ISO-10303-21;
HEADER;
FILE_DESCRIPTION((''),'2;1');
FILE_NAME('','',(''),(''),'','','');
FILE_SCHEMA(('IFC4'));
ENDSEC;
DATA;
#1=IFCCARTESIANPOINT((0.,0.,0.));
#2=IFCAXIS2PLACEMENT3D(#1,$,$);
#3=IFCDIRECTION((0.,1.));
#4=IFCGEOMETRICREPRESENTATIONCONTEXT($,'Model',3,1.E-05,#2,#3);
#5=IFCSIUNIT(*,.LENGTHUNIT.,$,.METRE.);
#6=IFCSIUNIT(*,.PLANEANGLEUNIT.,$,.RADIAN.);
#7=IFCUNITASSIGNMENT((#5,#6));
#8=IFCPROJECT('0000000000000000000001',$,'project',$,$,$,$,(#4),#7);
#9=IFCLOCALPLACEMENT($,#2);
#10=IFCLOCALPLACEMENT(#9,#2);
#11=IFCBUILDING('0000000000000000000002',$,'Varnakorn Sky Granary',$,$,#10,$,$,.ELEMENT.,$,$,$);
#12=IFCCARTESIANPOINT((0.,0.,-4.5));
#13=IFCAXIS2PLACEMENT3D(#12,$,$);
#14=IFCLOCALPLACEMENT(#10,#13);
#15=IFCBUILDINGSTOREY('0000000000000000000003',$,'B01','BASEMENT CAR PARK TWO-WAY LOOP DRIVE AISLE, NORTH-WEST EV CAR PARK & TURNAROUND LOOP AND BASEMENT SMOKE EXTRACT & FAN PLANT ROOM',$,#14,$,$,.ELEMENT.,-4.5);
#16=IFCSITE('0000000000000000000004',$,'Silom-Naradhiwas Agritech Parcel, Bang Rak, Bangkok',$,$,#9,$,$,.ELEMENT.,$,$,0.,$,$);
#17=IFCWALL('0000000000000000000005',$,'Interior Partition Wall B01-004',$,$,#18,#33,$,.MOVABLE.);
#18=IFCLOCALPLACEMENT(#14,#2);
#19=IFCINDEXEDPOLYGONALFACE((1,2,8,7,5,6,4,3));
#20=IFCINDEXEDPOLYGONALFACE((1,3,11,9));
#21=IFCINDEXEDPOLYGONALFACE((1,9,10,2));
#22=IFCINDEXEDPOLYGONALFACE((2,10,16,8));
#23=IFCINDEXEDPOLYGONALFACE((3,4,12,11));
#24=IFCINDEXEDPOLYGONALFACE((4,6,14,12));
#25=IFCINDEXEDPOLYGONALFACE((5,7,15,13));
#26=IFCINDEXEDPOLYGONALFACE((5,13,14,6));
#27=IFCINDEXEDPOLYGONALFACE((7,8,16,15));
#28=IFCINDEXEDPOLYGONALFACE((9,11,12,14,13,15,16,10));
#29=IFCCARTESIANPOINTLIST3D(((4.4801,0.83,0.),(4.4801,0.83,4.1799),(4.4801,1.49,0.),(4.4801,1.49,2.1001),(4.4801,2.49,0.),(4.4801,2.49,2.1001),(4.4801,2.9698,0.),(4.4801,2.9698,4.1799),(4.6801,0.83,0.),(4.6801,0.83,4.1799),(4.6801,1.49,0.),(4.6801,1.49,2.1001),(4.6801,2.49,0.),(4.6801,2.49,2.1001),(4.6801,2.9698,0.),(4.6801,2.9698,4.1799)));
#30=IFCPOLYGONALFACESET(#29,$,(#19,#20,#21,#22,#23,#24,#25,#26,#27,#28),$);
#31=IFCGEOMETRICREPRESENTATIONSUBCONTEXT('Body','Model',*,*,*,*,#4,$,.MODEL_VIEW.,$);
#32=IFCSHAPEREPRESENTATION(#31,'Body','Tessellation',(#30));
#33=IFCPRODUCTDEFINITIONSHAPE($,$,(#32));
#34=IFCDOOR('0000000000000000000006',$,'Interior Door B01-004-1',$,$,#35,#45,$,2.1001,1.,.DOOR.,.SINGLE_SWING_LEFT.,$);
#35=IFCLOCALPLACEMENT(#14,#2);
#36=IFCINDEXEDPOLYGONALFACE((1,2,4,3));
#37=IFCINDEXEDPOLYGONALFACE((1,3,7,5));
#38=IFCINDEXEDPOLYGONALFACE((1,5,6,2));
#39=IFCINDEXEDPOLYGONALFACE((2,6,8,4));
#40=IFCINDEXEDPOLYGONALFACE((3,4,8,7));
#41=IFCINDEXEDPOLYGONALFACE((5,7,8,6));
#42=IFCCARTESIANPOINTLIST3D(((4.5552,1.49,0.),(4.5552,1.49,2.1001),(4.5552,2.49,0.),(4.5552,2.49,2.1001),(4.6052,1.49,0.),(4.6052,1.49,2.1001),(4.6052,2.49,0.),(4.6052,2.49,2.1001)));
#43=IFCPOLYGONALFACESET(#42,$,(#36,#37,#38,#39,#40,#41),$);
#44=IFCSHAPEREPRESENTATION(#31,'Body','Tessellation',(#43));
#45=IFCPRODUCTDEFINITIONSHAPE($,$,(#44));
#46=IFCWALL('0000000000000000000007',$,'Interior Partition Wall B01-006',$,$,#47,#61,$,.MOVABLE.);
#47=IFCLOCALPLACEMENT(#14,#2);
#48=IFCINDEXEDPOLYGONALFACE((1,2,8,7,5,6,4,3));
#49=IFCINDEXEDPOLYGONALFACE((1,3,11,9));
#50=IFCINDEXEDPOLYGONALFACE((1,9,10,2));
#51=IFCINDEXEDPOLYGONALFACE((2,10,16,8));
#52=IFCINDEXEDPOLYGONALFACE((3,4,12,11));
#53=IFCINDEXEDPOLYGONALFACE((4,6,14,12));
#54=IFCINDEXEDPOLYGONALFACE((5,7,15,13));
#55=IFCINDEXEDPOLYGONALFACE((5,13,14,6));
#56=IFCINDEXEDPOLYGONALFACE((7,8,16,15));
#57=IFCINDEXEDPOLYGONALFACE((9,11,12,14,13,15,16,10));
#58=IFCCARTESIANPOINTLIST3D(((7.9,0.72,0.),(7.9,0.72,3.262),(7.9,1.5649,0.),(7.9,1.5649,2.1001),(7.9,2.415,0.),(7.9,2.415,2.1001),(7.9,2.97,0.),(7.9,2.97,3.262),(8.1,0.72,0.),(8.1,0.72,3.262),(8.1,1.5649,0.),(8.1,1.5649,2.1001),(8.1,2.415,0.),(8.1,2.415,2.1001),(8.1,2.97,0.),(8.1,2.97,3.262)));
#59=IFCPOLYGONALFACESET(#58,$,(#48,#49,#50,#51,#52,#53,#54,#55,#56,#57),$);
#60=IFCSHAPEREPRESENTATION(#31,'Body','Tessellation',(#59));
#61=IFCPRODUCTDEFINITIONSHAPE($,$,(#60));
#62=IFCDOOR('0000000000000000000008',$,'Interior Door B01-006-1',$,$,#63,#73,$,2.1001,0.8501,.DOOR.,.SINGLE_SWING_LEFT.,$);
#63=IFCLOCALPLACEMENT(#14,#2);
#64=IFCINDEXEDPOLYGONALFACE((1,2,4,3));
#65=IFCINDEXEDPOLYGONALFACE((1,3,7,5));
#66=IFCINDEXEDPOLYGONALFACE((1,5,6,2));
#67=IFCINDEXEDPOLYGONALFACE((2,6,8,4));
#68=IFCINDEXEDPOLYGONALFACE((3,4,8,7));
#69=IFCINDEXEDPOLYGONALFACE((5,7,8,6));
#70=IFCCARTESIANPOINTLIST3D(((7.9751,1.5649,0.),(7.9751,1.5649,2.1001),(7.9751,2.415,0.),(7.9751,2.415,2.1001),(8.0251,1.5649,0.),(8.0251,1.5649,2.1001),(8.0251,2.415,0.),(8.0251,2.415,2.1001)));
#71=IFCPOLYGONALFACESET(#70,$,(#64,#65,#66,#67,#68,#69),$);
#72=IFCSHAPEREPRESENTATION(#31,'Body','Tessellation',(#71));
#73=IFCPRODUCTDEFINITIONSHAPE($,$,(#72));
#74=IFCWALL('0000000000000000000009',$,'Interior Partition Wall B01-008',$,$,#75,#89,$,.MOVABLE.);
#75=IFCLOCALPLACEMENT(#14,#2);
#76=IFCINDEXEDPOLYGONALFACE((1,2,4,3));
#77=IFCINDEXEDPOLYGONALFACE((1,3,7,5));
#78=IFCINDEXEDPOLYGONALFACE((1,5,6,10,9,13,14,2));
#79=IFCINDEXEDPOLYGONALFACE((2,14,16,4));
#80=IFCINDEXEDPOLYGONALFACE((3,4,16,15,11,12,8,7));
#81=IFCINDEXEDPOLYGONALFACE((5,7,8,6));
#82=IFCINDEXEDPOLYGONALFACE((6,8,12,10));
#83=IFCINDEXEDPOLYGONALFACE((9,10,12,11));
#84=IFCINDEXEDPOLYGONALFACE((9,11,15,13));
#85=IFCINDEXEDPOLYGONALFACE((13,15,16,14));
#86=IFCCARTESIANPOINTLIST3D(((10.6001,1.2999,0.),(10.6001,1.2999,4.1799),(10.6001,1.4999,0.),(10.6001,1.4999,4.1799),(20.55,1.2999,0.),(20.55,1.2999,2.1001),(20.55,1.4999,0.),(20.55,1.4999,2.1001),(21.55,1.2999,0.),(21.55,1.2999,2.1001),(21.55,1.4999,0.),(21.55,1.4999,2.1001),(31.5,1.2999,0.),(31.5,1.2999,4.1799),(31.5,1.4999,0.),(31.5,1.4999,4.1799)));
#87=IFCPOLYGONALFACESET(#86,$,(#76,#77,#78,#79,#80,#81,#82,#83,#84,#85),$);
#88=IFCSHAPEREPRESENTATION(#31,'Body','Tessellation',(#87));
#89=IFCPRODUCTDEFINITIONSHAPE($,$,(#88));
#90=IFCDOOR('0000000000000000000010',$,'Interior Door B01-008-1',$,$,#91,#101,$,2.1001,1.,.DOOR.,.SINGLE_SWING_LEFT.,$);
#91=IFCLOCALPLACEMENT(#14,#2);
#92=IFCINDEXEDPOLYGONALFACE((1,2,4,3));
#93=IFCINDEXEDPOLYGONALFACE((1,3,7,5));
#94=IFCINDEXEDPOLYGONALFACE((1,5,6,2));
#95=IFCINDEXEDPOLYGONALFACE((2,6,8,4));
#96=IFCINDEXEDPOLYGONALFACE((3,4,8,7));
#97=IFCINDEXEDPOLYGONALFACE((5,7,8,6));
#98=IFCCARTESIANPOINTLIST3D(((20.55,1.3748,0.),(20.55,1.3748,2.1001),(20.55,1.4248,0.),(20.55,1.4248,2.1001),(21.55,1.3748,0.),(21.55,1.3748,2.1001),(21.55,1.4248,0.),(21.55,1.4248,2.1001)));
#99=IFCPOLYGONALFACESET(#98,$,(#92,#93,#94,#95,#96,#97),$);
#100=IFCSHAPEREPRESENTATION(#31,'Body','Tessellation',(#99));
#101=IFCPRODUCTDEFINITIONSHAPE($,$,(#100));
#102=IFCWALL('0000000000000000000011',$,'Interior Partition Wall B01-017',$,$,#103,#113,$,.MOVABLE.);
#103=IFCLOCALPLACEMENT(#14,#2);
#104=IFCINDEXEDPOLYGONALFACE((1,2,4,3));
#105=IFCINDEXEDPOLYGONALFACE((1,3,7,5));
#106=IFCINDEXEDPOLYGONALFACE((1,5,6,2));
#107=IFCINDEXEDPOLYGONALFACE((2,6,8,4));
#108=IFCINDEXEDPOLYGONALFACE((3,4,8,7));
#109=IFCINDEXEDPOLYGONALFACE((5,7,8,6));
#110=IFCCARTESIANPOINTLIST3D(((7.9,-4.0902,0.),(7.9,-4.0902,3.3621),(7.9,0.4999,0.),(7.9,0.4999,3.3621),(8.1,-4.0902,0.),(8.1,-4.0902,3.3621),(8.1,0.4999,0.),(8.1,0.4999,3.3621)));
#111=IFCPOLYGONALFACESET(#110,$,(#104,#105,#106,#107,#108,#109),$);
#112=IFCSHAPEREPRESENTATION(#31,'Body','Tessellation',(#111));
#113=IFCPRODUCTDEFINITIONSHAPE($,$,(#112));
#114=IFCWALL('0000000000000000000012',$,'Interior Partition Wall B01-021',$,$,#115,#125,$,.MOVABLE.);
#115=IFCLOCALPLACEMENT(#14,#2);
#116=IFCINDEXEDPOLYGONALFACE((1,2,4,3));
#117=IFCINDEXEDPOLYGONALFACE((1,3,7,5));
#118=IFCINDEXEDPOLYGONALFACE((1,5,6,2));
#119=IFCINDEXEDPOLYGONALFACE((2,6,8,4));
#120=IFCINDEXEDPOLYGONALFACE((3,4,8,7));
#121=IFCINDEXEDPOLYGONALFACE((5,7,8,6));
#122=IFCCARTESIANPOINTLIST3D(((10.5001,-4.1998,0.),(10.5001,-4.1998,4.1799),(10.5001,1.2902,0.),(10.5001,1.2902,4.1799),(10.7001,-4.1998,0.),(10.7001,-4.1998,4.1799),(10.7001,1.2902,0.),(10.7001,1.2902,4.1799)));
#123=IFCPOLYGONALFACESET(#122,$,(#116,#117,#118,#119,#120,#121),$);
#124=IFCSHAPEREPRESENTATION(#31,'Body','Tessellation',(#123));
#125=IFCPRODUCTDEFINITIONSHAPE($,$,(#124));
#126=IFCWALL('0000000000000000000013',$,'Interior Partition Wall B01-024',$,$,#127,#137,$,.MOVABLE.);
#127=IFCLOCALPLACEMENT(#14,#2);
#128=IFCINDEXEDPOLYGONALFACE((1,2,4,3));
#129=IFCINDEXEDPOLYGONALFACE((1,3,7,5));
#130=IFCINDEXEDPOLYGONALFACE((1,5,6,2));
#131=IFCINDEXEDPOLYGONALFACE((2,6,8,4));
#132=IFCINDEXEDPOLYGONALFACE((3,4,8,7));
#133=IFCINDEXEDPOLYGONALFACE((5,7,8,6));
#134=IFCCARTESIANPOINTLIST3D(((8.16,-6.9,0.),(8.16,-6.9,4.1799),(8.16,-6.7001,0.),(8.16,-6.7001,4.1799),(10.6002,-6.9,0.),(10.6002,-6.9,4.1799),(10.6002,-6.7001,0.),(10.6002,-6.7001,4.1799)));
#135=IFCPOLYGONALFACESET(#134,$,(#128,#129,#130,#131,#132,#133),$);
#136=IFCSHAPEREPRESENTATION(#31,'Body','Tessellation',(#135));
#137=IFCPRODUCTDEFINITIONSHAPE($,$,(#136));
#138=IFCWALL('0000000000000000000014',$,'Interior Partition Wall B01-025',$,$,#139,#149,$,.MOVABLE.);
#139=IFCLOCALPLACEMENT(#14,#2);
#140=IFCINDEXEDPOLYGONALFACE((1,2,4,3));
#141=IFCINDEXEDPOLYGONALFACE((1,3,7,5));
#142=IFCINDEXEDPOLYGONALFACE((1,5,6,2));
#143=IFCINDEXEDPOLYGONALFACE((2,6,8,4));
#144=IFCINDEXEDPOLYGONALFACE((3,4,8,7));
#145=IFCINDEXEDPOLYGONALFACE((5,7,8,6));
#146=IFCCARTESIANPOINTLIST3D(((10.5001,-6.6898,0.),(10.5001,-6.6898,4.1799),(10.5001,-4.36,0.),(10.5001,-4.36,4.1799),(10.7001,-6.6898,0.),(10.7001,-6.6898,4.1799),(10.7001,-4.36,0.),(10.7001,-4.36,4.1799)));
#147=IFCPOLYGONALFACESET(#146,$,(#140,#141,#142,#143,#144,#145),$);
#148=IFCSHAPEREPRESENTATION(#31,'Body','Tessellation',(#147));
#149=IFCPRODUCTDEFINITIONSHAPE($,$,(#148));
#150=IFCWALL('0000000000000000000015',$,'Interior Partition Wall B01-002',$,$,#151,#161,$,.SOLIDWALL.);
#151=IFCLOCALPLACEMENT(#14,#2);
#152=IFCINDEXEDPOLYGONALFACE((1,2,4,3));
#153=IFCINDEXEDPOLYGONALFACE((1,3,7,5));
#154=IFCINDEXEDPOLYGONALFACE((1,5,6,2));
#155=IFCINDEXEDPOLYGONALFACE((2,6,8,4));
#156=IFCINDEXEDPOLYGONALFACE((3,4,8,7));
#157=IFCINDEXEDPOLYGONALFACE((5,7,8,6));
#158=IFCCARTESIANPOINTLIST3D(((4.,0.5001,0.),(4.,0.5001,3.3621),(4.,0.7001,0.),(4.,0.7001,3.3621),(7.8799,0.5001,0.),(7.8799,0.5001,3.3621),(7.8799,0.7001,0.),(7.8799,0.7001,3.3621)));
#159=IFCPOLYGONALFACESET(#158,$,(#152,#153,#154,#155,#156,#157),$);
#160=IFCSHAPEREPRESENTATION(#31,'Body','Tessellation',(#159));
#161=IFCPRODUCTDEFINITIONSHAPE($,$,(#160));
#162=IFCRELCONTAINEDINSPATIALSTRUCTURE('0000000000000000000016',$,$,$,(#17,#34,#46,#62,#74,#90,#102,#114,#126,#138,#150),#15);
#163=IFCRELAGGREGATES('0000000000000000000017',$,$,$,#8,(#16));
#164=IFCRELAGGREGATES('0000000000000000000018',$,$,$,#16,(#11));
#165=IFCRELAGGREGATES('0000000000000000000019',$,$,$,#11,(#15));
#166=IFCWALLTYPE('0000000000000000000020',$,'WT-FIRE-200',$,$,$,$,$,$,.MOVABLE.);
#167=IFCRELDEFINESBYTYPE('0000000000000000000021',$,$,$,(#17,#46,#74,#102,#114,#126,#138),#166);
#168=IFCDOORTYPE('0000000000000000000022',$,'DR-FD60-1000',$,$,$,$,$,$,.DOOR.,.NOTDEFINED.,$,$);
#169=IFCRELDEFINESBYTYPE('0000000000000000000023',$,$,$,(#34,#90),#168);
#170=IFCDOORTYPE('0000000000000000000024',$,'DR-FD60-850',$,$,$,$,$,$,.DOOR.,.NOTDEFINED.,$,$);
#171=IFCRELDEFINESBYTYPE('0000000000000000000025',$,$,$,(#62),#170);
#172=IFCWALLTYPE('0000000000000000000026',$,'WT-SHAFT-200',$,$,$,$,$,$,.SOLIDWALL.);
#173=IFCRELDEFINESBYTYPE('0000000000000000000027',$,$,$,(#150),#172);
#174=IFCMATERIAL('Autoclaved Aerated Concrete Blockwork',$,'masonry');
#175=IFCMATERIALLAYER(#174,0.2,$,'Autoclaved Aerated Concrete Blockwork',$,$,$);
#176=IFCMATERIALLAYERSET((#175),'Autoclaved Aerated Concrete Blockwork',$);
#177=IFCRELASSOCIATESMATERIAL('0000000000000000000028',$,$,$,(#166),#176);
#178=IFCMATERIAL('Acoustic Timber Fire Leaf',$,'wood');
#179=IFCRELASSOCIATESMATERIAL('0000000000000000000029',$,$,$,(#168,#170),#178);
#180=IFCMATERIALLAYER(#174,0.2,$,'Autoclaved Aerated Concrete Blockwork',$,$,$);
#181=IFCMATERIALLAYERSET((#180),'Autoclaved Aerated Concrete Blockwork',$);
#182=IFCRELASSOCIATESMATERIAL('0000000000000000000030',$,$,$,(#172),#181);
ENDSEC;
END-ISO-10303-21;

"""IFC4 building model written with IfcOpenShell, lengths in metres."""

from ifc_helpers import new_model, si_unit, direction, frame, frame_2d, origin, place, context, subcontext, project, spatial, rectangle, extrude, material, layer, layer_set, type_object, element, fill, save


model = new_model("IFC4")

# Units and contexts
model_context = context("Model", 3, precision=1e-05, world=origin(), true_north=direction((0.0, 1.0)))
body_context = subcontext(model_context, "Body", "Model", "MODEL_VIEW")
ifc_project = project(units=[si_unit("LENGTHUNIT", "METRE"), si_unit("PLANEANGLEUNIT", "RADIAN")], contexts=[model_context])

# Site, building, storey
site_placement = place(None, origin())
site = spatial("IfcSite", under=ifc_project, at=site_placement, Name="Silom-Naradhiwas Agritech Parcel, Bang Rak, Bangkok", CompositionType="ELEMENT", RefElevation=0.0)
building_placement = place(site_placement, origin())
building = spatial("IfcBuilding", under=site, at=building_placement, Name="Varnakorn Sky Granary", CompositionType="ELEMENT")
storey_placement = place(building_placement, frame((0.0, 0.0, -4.5)))
storey = spatial("IfcBuildingStorey", under=building, at=storey_placement, Name="B01", Description="BASEMENT CAR PARK TWO-WAY LOOP DRIVE AISLE, NORTH-WEST EV CAR PARK & TURNAROUND LOOP AND BASEMENT SMOKE EXTRACT & FAN PLANT ROOM", CompositionType="ELEMENT", Elevation=-4.5)

# Walls, openings, doors
ifc_material_1 = material(Name="Autoclaved Aerated Concrete Blockwork", Category="masonry")
ifc_layer_1 = layer(ifc_material_1, 0.2, Name="Autoclaved Aerated Concrete Blockwork")
ifc_layer_set_1 = layer_set([ifc_layer_1], Name="Autoclaved Aerated Concrete Blockwork")
wall_type_1 = type_object("IfcWallType", Name="WT-FIRE-200", PredefinedType="MOVABLE", material=ifc_layer_set_1)
wall_1_placement = place(storey_placement, frame((4.5801, 0.8301, 0.0), z_axis=(0.0, 0.0, 1.0), x_axis=(0.0, 1.0, 0.0)))
wall_1 = element("IfcWall", 1, at=wall_1_placement, inside=storey, type_object=wall_type_1, Name="Interior Partition Wall B01-004", PredefinedType="MOVABLE", context=body_context, shape_type="SweptSolid", body=[
    extrude(rectangle(XDim=2.1399, YDim=0.2, at=frame_2d((1.0698, 0.0))), origin(), (0.0, 0.0, 1.0), 4.1799),
])
opening_1_placement = place(wall_1_placement, frame((0.6599, 0.0, 0.0)))
opening_1 = element("IfcOpeningElement", 2, at=opening_1_placement, cuts=wall_1, PredefinedType="OPENING", context=body_context, shape_type="SweptSolid", body=[
    extrude(rectangle(XDim=1.0, YDim=2.1001, at=frame_2d((0.5, 1.05))), frame((0.0, 0.1099, 0.0), z_axis=(0.0, -1.0, 0.0), x_axis=(1.0, 0.0, 0.0)), (0.0, 0.0, 1.0), 0.22),
])
ifc_material_2 = material(Name="Acoustic Timber Fire Leaf", Category="wood")
door_type_1 = type_object("IfcDoorType", Name="DR-FD60-1000", OperationType="NOTDEFINED", PredefinedType="DOOR", material=ifc_material_2)
door_1_placement = place(opening_1_placement, origin())
door_1 = element("IfcDoor", 3, at=door_1_placement, inside=storey, type_object=door_type_1, Name="Interior Door B01-004-1", OperationType="SINGLE_SWING_LEFT", OverallHeight=2.1001, OverallWidth=1.0, PredefinedType="DOOR", context=body_context, shape_type="SweptSolid", body=[
    extrude(rectangle(XDim=1.0, YDim=2.1001, at=frame_2d((0.5, 1.05))), frame((0.0, 0.0249, 0.0), z_axis=(0.0, -1.0, 0.0), x_axis=(1.0, 0.0, 0.0)), (0.0, 0.0, 1.0), 0.05),
])
fill(opening_1, door_1)
wall_2_placement = place(storey_placement, frame((8.0, 0.72, 0.0), z_axis=(0.0, 0.0, 1.0), x_axis=(0.0, 1.0, 0.0)))
wall_2 = element("IfcWall", 4, at=wall_2_placement, inside=storey, type_object=wall_type_1, Name="Interior Partition Wall B01-006", PredefinedType="MOVABLE", context=body_context, shape_type="SweptSolid", body=[
    extrude(rectangle(XDim=2.25, YDim=0.2, at=frame_2d((1.125, 0.0))), origin(), (0.0, 0.0, 1.0), 3.262),
])
opening_2_placement = place(wall_2_placement, frame((0.845, 0.0, 0.0)))
opening_2 = element("IfcOpeningElement", 5, at=opening_2_placement, cuts=wall_2, PredefinedType="OPENING", context=body_context, shape_type="SweptSolid", body=[
    extrude(rectangle(XDim=0.8501, YDim=2.1001, at=frame_2d((0.425, 1.05))), frame((0.0, 0.1099, 0.0), z_axis=(0.0, -1.0, 0.0), x_axis=(1.0, 0.0, 0.0)), (0.0, 0.0, 1.0), 0.22),
])
door_type_2 = type_object("IfcDoorType", Name="DR-FD60-850", OperationType="NOTDEFINED", PredefinedType="DOOR", material=ifc_material_2)
door_2_placement = place(opening_2_placement, origin())
door_2 = element("IfcDoor", 6, at=door_2_placement, inside=storey, type_object=door_type_2, Name="Interior Door B01-006-1", OperationType="SINGLE_SWING_LEFT", OverallHeight=2.1001, OverallWidth=0.8501, PredefinedType="DOOR", context=body_context, shape_type="SweptSolid", body=[
    extrude(rectangle(XDim=0.8501, YDim=2.1001, at=frame_2d((0.425, 1.05))), frame((0.0, 0.0249, 0.0), z_axis=(0.0, -1.0, 0.0), x_axis=(1.0, 0.0, 0.0)), (0.0, 0.0, 1.0), 0.05),
])
fill(opening_2, door_2)
wall_3_placement = place(storey_placement, frame((10.6001, 1.3999, 0.0), z_axis=(0.0, 0.0, 1.0), x_axis=(1.0, 0.0, 0.0)))
wall_3 = element("IfcWall", 7, at=wall_3_placement, inside=storey, type_object=wall_type_1, Name="Interior Partition Wall B01-008", PredefinedType="MOVABLE", context=body_context, shape_type="SweptSolid", body=[
    extrude(rectangle(XDim=20.8999, YDim=0.2, at=frame_2d((10.45, 0.0))), origin(), (0.0, 0.0, 1.0), 4.1799),
])
opening_3_placement = place(wall_3_placement, frame((9.95, 0.0, 0.0)))
opening_3 = element("IfcOpeningElement", 8, at=opening_3_placement, cuts=wall_3, PredefinedType="OPENING", context=body_context, shape_type="SweptSolid", body=[
    extrude(rectangle(XDim=1.0, YDim=2.1001, at=frame_2d((0.5, 1.05))), frame((0.0, 0.1099, 0.0), z_axis=(0.0, -1.0, 0.0), x_axis=(1.0, 0.0, 0.0)), (0.0, 0.0, 1.0), 0.22),
])
door_3_placement = place(opening_3_placement, origin())
door_3 = element("IfcDoor", 9, at=door_3_placement, inside=storey, type_object=door_type_1, Name="Interior Door B01-008-1", OperationType="SINGLE_SWING_LEFT", OverallHeight=2.1001, OverallWidth=1.0, PredefinedType="DOOR", context=body_context, shape_type="SweptSolid", body=[
    extrude(rectangle(XDim=1.0, YDim=2.1001, at=frame_2d((0.5, 1.05))), frame((0.0, 0.0249, 0.0), z_axis=(0.0, -1.0, 0.0), x_axis=(1.0, 0.0, 0.0)), (0.0, 0.0, 1.0), 0.05),
])
fill(opening_3, door_3)

# Walls
wall_4_placement = place(storey_placement, frame((8.0, -4.0901, 0.0), z_axis=(0.0, 0.0, 1.0), x_axis=(0.0, 1.0, 0.0)))
element("IfcWall", 10, at=wall_4_placement, inside=storey, type_object=wall_type_1, Name="Interior Partition Wall B01-017", PredefinedType="MOVABLE", context=body_context, shape_type="SweptSolid", body=[
    extrude(rectangle(XDim=4.5901, YDim=0.2, at=frame_2d((2.2949, 0.0))), origin(), (0.0, 0.0, 1.0), 3.3621),
])
wall_5_placement = place(storey_placement, frame((10.6001, -4.2, 0.0), z_axis=(0.0, 0.0, 1.0), x_axis=(0.0, 1.0, 0.0)))
element("IfcWall", 11, at=wall_5_placement, inside=storey, type_object=wall_type_1, Name="Interior Partition Wall B01-021", PredefinedType="MOVABLE", context=body_context, shape_type="SweptSolid", body=[
    extrude(rectangle(XDim=5.49, YDim=0.2, at=frame_2d((2.7451, 0.0))), origin(), (0.0, 0.0, 1.0), 4.1799),
])
wall_6_placement = place(storey_placement, frame((8.1599, -6.8, 0.0), z_axis=(0.0, 0.0, 1.0), x_axis=(1.0, 0.0, 0.0)))
element("IfcWall", 12, at=wall_6_placement, inside=storey, type_object=wall_type_1, Name="Interior Partition Wall B01-024", PredefinedType="MOVABLE", context=body_context, shape_type="SweptSolid", body=[
    extrude(rectangle(XDim=2.4402, YDim=0.2, at=frame_2d((1.2202, 0.0))), origin(), (0.0, 0.0, 1.0), 4.1799),
])
wall_7_placement = place(storey_placement, frame((10.6001, -6.6899, 0.0), z_axis=(0.0, 0.0, 1.0), x_axis=(0.0, 1.0, 0.0)))
element("IfcWall", 13, at=wall_7_placement, inside=storey, type_object=wall_type_1, Name="Interior Partition Wall B01-025", PredefinedType="MOVABLE", context=body_context, shape_type="SweptSolid", body=[
    extrude(rectangle(XDim=2.3298, YDim=0.2, at=frame_2d((1.165, 0.0))), origin(), (0.0, 0.0, 1.0), 4.1799),
])
ifc_layer_2 = layer(ifc_material_1, 0.2, Name="Autoclaved Aerated Concrete Blockwork")
ifc_layer_set_2 = layer_set([ifc_layer_2], Name="Autoclaved Aerated Concrete Blockwork")
wall_type_2 = type_object("IfcWallType", Name="WT-SHAFT-200", PredefinedType="SOLIDWALL", material=ifc_layer_set_2)
wall_8_placement = place(storey_placement, frame((4.0, 0.6001, 0.0), z_axis=(0.0, 0.0, 1.0), x_axis=(1.0, 0.0, 0.0)))
element("IfcWall", 14, at=wall_8_placement, inside=storey, type_object=wall_type_2, Name="Interior Partition Wall B01-002", PredefinedType="SOLIDWALL", context=body_context, shape_type="SweptSolid", body=[
    extrude(rectangle(XDim=3.8799, YDim=0.2, at=frame_2d((1.9399, 0.0))), origin(), (0.0, 0.0, 1.0), 3.3621),
])

save(model, "model.ifc")
